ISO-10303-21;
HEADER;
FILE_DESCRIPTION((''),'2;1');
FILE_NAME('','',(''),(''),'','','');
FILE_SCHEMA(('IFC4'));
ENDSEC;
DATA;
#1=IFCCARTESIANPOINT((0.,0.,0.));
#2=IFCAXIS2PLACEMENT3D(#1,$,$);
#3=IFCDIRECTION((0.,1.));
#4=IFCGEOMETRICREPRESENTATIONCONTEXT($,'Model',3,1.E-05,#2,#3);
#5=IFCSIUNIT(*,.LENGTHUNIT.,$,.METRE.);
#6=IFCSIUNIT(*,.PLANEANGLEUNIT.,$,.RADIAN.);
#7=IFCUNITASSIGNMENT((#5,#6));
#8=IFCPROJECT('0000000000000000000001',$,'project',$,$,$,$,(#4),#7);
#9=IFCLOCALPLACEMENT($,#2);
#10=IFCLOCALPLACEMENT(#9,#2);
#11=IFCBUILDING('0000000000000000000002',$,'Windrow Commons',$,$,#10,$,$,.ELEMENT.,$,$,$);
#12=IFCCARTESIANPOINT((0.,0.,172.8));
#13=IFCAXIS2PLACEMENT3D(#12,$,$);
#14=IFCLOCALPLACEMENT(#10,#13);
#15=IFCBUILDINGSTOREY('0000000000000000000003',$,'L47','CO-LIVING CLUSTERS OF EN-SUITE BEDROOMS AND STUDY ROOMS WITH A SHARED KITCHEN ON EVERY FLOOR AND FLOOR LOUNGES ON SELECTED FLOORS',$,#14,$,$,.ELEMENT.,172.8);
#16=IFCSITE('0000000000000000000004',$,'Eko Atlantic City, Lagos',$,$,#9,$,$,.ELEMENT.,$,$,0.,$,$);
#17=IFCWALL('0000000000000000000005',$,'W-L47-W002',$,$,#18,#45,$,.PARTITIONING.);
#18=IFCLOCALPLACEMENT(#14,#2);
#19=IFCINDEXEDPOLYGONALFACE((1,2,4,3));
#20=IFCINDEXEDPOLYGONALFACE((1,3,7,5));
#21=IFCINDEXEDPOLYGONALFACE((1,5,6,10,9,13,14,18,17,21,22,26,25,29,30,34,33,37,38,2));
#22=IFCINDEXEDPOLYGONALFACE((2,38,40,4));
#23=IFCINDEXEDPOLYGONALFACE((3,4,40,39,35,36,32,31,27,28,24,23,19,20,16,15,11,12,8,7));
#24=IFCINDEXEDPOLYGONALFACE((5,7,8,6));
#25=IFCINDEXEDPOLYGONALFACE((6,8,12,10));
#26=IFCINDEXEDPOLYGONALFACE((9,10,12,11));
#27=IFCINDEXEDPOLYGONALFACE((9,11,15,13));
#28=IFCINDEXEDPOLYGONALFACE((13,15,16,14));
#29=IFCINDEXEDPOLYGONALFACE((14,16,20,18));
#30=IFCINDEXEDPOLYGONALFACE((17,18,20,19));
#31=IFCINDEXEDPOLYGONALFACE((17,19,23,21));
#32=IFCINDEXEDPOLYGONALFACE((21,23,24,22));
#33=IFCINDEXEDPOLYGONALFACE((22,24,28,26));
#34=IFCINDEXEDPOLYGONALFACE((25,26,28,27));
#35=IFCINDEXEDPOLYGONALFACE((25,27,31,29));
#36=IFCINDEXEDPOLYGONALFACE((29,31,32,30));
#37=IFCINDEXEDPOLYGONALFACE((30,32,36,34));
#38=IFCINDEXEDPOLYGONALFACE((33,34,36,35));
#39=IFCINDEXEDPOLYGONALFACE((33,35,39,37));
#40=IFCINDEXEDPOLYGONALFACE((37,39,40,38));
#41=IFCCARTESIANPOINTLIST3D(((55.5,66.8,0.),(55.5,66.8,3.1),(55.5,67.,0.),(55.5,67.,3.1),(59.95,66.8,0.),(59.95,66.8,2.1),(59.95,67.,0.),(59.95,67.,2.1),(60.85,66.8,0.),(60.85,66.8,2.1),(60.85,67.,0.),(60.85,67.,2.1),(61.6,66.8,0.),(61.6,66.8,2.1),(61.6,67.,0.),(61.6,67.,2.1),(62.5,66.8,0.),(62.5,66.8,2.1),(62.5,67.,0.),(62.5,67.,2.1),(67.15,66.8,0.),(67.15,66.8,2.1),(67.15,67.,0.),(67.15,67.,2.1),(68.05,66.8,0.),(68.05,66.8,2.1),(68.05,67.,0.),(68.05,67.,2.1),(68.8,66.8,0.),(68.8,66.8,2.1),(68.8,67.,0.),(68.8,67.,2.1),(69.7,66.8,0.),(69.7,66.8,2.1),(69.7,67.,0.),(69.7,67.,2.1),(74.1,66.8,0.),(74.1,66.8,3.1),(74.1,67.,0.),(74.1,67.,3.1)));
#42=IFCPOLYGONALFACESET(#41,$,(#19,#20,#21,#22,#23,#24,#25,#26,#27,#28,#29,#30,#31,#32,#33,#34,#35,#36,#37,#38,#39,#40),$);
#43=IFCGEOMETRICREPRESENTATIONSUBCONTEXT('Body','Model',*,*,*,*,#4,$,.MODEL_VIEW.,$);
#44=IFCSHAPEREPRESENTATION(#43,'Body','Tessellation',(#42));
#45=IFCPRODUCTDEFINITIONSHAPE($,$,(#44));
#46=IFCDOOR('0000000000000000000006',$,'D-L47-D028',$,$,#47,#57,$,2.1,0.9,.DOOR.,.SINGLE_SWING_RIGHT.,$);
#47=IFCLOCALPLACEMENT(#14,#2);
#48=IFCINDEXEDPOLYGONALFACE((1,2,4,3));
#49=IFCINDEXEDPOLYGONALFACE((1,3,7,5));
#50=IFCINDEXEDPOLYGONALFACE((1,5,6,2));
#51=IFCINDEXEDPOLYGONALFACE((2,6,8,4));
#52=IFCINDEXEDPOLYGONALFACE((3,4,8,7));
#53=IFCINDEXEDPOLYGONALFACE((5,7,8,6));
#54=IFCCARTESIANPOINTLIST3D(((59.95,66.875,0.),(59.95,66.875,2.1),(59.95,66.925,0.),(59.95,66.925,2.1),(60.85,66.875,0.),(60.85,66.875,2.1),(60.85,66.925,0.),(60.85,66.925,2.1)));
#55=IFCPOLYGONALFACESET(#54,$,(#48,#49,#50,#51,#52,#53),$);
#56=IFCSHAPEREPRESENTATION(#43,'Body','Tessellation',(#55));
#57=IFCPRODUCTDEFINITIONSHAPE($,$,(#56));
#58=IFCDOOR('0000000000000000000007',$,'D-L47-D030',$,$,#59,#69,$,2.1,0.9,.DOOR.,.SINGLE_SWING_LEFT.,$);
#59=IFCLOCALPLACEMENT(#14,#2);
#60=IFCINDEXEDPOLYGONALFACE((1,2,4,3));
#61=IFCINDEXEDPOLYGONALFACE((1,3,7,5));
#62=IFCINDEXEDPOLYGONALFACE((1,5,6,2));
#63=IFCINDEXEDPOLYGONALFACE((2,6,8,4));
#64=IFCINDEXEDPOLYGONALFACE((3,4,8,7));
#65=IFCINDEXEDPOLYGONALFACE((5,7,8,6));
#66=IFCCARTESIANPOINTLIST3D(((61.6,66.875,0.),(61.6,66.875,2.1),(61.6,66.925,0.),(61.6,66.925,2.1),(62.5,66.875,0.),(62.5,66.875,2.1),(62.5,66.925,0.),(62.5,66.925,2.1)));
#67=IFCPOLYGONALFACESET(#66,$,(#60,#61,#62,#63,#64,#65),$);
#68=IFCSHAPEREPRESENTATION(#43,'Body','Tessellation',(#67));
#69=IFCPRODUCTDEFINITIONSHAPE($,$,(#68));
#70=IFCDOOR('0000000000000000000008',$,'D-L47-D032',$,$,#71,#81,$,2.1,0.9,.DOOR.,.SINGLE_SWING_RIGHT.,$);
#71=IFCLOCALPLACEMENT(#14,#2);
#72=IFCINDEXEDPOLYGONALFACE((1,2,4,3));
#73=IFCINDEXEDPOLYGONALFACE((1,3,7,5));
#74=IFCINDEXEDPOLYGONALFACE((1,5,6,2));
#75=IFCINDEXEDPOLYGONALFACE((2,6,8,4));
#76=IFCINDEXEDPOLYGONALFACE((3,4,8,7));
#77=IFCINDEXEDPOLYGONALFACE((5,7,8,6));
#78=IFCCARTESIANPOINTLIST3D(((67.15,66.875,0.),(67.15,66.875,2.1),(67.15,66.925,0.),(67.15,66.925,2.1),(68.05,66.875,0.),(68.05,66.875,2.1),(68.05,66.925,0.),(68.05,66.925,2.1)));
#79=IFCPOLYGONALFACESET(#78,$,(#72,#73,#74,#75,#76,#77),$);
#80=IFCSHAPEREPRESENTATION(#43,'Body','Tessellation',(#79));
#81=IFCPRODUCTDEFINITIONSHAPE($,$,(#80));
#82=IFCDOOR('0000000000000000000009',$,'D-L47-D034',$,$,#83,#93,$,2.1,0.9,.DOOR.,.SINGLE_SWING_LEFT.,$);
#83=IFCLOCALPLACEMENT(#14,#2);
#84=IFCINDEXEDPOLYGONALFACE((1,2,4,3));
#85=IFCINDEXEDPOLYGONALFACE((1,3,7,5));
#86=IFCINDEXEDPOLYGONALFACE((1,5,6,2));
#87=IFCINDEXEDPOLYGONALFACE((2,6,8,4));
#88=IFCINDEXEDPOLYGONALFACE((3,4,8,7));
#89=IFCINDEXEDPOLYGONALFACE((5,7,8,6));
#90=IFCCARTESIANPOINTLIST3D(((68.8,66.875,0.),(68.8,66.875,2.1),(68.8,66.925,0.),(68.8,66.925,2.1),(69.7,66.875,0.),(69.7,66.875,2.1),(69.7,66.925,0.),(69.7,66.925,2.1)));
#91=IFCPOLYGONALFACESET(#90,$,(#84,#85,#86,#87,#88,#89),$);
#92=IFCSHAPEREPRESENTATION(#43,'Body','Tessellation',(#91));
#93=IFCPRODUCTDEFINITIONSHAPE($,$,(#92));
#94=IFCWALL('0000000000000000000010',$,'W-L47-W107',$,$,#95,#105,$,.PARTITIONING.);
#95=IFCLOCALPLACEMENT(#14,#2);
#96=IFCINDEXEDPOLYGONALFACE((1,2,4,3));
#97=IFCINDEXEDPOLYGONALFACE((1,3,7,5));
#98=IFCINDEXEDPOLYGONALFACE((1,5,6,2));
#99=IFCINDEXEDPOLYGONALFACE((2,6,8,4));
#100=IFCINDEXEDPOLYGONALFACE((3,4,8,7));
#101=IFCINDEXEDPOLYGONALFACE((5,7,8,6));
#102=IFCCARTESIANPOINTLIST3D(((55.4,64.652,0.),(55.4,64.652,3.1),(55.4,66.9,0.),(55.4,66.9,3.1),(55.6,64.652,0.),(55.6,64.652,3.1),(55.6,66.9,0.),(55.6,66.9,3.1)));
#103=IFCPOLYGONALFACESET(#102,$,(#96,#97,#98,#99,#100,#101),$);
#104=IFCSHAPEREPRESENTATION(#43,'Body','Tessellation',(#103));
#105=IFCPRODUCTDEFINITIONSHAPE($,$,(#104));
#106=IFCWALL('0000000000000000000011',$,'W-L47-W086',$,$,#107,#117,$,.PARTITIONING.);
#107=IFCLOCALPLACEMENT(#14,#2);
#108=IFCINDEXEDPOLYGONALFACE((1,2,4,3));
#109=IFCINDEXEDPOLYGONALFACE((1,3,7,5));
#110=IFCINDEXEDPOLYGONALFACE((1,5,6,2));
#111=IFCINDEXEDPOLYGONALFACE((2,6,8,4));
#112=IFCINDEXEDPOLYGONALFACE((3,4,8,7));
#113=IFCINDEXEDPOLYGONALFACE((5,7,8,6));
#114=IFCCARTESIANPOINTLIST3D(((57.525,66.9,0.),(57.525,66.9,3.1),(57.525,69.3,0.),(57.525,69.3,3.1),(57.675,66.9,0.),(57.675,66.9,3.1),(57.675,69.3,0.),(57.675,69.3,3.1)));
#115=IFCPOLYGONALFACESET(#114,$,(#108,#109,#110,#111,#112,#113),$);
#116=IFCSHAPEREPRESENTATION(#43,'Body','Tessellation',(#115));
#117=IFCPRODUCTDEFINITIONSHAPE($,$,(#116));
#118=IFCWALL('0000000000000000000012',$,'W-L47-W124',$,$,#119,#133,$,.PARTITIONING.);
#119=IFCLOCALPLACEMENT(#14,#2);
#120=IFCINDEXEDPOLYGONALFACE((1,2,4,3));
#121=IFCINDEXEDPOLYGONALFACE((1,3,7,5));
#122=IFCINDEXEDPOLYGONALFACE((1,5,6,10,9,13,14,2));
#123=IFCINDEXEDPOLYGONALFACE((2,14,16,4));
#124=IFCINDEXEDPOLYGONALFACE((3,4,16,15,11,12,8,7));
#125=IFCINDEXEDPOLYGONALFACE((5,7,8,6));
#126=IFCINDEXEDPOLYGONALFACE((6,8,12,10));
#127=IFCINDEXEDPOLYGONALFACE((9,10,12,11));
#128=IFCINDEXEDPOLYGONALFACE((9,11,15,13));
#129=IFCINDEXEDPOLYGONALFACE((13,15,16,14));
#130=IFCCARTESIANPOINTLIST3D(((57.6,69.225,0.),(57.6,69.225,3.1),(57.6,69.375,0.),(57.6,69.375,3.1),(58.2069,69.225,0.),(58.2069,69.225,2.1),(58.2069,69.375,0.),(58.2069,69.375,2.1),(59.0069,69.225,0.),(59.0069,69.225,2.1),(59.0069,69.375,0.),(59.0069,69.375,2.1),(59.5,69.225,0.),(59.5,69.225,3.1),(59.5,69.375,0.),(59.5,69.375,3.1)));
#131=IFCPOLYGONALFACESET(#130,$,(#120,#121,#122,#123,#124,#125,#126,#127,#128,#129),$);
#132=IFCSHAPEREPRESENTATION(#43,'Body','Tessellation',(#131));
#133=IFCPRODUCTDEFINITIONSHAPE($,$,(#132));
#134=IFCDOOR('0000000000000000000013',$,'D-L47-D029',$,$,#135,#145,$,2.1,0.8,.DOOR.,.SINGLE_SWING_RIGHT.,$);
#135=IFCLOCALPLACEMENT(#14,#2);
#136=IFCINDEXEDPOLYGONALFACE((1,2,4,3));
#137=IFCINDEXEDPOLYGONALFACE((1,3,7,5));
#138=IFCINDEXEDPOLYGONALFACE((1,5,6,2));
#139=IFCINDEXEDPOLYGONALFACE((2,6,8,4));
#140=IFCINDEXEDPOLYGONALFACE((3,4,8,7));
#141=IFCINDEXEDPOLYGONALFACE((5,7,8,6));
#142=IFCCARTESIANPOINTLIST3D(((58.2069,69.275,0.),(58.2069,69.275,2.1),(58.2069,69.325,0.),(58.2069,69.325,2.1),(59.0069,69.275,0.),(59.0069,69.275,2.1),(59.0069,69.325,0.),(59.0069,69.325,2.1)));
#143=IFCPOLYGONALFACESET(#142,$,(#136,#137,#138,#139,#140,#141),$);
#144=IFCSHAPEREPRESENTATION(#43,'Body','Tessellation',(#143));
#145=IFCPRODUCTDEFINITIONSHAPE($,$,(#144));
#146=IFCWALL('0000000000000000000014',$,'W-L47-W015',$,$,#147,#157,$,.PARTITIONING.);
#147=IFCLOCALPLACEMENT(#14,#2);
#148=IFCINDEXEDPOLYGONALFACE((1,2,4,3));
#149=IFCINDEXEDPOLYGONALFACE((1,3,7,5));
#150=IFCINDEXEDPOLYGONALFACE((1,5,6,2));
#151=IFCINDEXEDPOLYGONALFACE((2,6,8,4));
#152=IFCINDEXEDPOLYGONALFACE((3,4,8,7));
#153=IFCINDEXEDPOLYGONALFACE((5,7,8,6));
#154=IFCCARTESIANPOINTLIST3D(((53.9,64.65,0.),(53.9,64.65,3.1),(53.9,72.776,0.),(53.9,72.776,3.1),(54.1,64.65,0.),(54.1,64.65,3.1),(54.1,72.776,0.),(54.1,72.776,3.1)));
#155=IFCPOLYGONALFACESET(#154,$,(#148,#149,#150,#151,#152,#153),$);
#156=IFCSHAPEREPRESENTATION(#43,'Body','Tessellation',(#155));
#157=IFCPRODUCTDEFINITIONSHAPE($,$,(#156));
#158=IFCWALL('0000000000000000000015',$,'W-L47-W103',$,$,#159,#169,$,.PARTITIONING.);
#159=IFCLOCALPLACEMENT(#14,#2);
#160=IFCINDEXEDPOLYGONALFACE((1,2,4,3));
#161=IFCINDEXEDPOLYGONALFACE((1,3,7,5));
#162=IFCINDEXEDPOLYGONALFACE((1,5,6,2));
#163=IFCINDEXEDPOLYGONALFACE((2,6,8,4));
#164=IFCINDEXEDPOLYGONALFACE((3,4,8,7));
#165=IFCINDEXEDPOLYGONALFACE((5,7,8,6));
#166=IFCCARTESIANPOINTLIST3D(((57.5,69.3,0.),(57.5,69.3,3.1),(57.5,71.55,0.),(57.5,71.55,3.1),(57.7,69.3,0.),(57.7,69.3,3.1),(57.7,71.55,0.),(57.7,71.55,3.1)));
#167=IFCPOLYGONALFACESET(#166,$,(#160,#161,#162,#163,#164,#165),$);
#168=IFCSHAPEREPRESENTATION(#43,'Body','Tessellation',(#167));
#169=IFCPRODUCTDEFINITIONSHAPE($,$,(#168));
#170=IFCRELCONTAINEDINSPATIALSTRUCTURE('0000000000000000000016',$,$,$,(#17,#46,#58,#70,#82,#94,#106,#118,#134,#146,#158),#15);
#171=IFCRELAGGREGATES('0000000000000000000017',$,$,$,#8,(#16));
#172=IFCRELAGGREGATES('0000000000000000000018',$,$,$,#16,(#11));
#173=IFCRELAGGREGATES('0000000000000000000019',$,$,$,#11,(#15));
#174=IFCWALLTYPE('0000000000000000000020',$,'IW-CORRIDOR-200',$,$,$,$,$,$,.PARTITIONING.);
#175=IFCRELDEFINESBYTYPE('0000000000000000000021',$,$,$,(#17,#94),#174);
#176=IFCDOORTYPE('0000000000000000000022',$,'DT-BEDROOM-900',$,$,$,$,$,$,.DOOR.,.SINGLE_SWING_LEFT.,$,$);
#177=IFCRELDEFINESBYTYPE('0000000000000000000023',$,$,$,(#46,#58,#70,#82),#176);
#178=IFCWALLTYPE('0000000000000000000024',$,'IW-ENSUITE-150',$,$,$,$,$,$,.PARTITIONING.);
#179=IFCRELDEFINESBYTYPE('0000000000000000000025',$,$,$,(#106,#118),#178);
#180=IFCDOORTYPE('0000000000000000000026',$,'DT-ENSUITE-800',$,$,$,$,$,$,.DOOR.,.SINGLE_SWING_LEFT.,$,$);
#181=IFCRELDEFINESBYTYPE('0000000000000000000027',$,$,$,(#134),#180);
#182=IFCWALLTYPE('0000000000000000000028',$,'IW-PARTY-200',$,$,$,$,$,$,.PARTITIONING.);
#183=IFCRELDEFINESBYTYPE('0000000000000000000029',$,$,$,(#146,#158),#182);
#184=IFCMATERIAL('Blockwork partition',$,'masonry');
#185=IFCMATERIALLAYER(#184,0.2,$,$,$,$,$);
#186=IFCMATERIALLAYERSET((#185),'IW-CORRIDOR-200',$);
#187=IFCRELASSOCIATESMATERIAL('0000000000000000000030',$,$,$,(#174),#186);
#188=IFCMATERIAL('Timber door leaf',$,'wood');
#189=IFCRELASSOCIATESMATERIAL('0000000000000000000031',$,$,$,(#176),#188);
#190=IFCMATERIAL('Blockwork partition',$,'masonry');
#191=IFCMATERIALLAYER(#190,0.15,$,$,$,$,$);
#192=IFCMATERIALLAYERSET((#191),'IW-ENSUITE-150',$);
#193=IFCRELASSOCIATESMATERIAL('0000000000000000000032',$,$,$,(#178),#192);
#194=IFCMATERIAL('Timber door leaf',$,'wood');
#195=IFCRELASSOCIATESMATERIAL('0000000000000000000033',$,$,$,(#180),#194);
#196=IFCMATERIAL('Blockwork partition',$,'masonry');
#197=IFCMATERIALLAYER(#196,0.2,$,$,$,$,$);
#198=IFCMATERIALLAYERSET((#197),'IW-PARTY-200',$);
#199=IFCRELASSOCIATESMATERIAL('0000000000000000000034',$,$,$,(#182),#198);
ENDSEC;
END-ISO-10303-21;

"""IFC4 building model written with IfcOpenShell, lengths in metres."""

from ifc_helpers import new_model, si_unit, direction, frame, frame_2d, origin, place, context, subcontext, project, spatial, rectangle, extrude, material, layer, layer_set, type_object, element, fill, save


model = new_model("IFC4")

# Units and contexts
model_context = context("Model", 3, precision=1e-05, world=origin(), true_north=direction((0.0, 1.0)))
body_context = subcontext(model_context, "Body", "Model", "MODEL_VIEW")
ifc_project = project(units=[si_unit("LENGTHUNIT", "METRE"), si_unit("PLANEANGLEUNIT", "RADIAN")], contexts=[model_context])

# Site, building, storey
site_placement = place(None, origin())
site = spatial("IfcSite", under=ifc_project, at=site_placement, Name="Eko Atlantic City, Lagos", CompositionType="ELEMENT", RefElevation=0.0)
building_placement = place(site_placement, origin())
building = spatial("IfcBuilding", under=site, at=building_placement, Name="Windrow Commons", CompositionType="ELEMENT")
storey_placement = place(building_placement, frame((0.0, 0.0, 172.8)))
storey = spatial("IfcBuildingStorey", under=building, at=storey_placement, Name="L47", Description="CO-LIVING CLUSTERS OF EN-SUITE BEDROOMS AND STUDY ROOMS WITH A SHARED KITCHEN ON EVERY FLOOR AND FLOOR LOUNGES ON SELECTED FLOORS", CompositionType="ELEMENT", Elevation=172.8)

# Wall, openings, doors
ifc_material_1 = material(Name="Blockwork partition", Category="masonry")
ifc_layer_1 = layer(ifc_material_1, 0.2)
ifc_layer_set_1 = layer_set([ifc_layer_1], Name="IW-CORRIDOR-200")
wall_type_1 = type_object("IfcWallType", Name="IW-CORRIDOR-200", PredefinedType="PARTITIONING", material=ifc_layer_set_1)
wall_1_placement = place(storey_placement, frame((55.5, 66.9, 0.0), z_axis=(0.0, 0.0, 1.0), x_axis=(1.0, 0.0, 0.0)))
wall_1 = element("IfcWall", 1, at=wall_1_placement, inside=storey, type_object=wall_type_1, Name="W-L47-W002", PredefinedType="PARTITIONING", context=body_context, shape_type="SweptSolid", body=[
    extrude(rectangle(XDim=18.6, YDim=0.2, at=frame_2d((9.3, 0.0))), origin(), (0.0, 0.0, 1.0), 3.1),
])
opening_1_placement = place(wall_1_placement, frame((4.45, 0.0, 0.0)))
opening_1 = element("IfcOpeningElement", 2, at=opening_1_placement, cuts=wall_1, PredefinedType="OPENING", context=body_context, shape_type="SweptSolid", body=[
    extrude(rectangle(XDim=0.9, YDim=2.1, at=frame_2d((0.45, 1.05))), frame((0.0, 0.11, 0.0), z_axis=(0.0, -1.0, 0.0), x_axis=(1.0, 0.0, 0.0)), (0.0, 0.0, 1.0), 0.22),
])
opening_2_placement = place(wall_1_placement, frame((6.1, 0.0, 0.0)))
opening_2 = element("IfcOpeningElement", 3, at=opening_2_placement, cuts=wall_1, PredefinedType="OPENING", context=body_context, shape_type="SweptSolid", body=[
    extrude(rectangle(XDim=0.9, YDim=2.1, at=frame_2d((0.45, 1.05))), frame((0.0, 0.11, 0.0), z_axis=(0.0, -1.0, 0.0), x_axis=(1.0, 0.0, 0.0)), (0.0, 0.0, 1.0), 0.22),
])
opening_3_placement = place(wall_1_placement, frame((11.65, 0.0, 0.0)))
opening_3 = element("IfcOpeningElement", 4, at=opening_3_placement, cuts=wall_1, PredefinedType="OPENING", context=body_context, shape_type="SweptSolid", body=[
    extrude(rectangle(XDim=0.9, YDim=2.1, at=frame_2d((0.45, 1.05))), frame((0.0, 0.11, 0.0), z_axis=(0.0, -1.0, 0.0), x_axis=(1.0, 0.0, 0.0)), (0.0, 0.0, 1.0), 0.22),
])
opening_4_placement = place(wall_1_placement, frame((13.3, 0.0, 0.0)))
opening_4 = element("IfcOpeningElement", 5, at=opening_4_placement, cuts=wall_1, PredefinedType="OPENING", context=body_context, shape_type="SweptSolid", body=[
    extrude(rectangle(XDim=0.9, YDim=2.1, at=frame_2d((0.45, 1.05))), frame((0.0, 0.11, 0.0), z_axis=(0.0, -1.0, 0.0), x_axis=(1.0, 0.0, 0.0)), (0.0, 0.0, 1.0), 0.22),
])
ifc_material_2 = material(Name="Timber door leaf", Category="wood")
door_type_1 = type_object("IfcDoorType", Name="DT-BEDROOM-900", OperationType="SINGLE_SWING_LEFT", PredefinedType="DOOR", material=ifc_material_2)
door_1_placement = place(opening_1_placement, origin())
door_1 = element("IfcDoor", 6, at=door_1_placement, inside=storey, type_object=door_type_1, Name="D-L47-D028", OperationType="SINGLE_SWING_RIGHT", OverallHeight=2.1, OverallWidth=0.9, PredefinedType="DOOR", context=body_context, shape_type="SweptSolid", body=[
    extrude(rectangle(XDim=0.9, YDim=2.1, at=frame_2d((0.45, 1.05))), frame((0.0, 0.025, 0.0), z_axis=(0.0, -1.0, 0.0), x_axis=(1.0, 0.0, 0.0)), (0.0, 0.0, 1.0), 0.05),
])
fill(opening_1, door_1)
door_2_placement = place(opening_2_placement, origin())
door_2 = element("IfcDoor", 7, at=door_2_placement, inside=storey, type_object=door_type_1, Name="D-L47-D030", OperationType="SINGLE_SWING_LEFT", OverallHeight=2.1, OverallWidth=0.9, PredefinedType="DOOR", context=body_context, shape_type="SweptSolid", body=[
    extrude(rectangle(XDim=0.9, YDim=2.1, at=frame_2d((0.45, 1.05))), frame((0.0, 0.025, 0.0), z_axis=(0.0, -1.0, 0.0), x_axis=(1.0, 0.0, 0.0)), (0.0, 0.0, 1.0), 0.05),
])
fill(opening_2, door_2)
door_3_placement = place(opening_3_placement, origin())
door_3 = element("IfcDoor", 8, at=door_3_placement, inside=storey, type_object=door_type_1, Name="D-L47-D032", OperationType="SINGLE_SWING_RIGHT", OverallHeight=2.1, OverallWidth=0.9, PredefinedType="DOOR", context=body_context, shape_type="SweptSolid", body=[
    extrude(rectangle(XDim=0.9, YDim=2.1, at=frame_2d((0.45, 1.05))), frame((0.0, 0.025, 0.0), z_axis=(0.0, -1.0, 0.0), x_axis=(1.0, 0.0, 0.0)), (0.0, 0.0, 1.0), 0.05),
])
fill(opening_3, door_3)
door_4_placement = place(opening_4_placement, origin())
door_4 = element("IfcDoor", 9, at=door_4_placement, inside=storey, type_object=door_type_1, Name="D-L47-D034", OperationType="SINGLE_SWING_LEFT", OverallHeight=2.1, OverallWidth=0.9, PredefinedType="DOOR", context=body_context, shape_type="SweptSolid", body=[
    extrude(rectangle(XDim=0.9, YDim=2.1, at=frame_2d((0.45, 1.05))), frame((0.0, 0.025, 0.0), z_axis=(0.0, -1.0, 0.0), x_axis=(1.0, 0.0, 0.0)), (0.0, 0.0, 1.0), 0.05),
])
fill(opening_4, door_4)

# Walls
wall_2_placement = place(storey_placement, frame((55.5, 64.652, 0.0), z_axis=(0.0, 0.0, 1.0), x_axis=(0.0, 1.0, 0.0)))
element("IfcWall", 10, at=wall_2_placement, inside=storey, type_object=wall_type_1, Name="W-L47-W107", PredefinedType="PARTITIONING", context=body_context, shape_type="SweptSolid", body=[
    extrude(rectangle(XDim=2.248, YDim=0.2, at=frame_2d((1.124, 0.0))), origin(), (0.0, 0.0, 1.0), 3.1),
])
ifc_material_3 = material(Name="Blockwork partition", Category="masonry")
ifc_layer_2 = layer(ifc_material_3, 0.15)
ifc_layer_set_2 = layer_set([ifc_layer_2], Name="IW-ENSUITE-150")
wall_type_2 = type_object("IfcWallType", Name="IW-ENSUITE-150", PredefinedType="PARTITIONING", material=ifc_layer_set_2)
wall_3_placement = place(storey_placement, frame((57.6, 66.9, 0.0), z_axis=(0.0, 0.0, 1.0), x_axis=(0.0, 1.0, 0.0)))
element("IfcWall", 11, at=wall_3_placement, inside=storey, type_object=wall_type_2, Name="W-L47-W086", PredefinedType="PARTITIONING", context=body_context, shape_type="SweptSolid", body=[
    extrude(rectangle(XDim=2.4, YDim=0.15, at=frame_2d((1.2, 0.0))), origin(), (0.0, 0.0, 1.0), 3.1),
])

# Wall, opening, door
wall_4_placement = place(storey_placement, frame((57.6, 69.3, 0.0), z_axis=(0.0, 0.0, 1.0), x_axis=(1.0, 0.0, 0.0)))
wall_4 = element("IfcWall", 12, at=wall_4_placement, inside=storey, type_object=wall_type_2, Name="W-L47-W124", PredefinedType="PARTITIONING", context=body_context, shape_type="SweptSolid", body=[
    extrude(rectangle(XDim=1.9, YDim=0.15, at=frame_2d((0.95, 0.0))), origin(), (0.0, 0.0, 1.0), 3.1),
])
opening_5_placement = place(wall_4_placement, frame((0.6069, 0.0, 0.0)))
opening_5 = element("IfcOpeningElement", 13, at=opening_5_placement, cuts=wall_4, PredefinedType="OPENING", context=body_context, shape_type="SweptSolid", body=[
    extrude(rectangle(XDim=0.8, YDim=2.1, at=frame_2d((0.4, 1.05))), frame((0.0, 0.085, 0.0), z_axis=(0.0, -1.0, 0.0), x_axis=(1.0, 0.0, 0.0)), (0.0, 0.0, 1.0), 0.17),
])
ifc_material_4 = material(Name="Timber door leaf", Category="wood")
door_type_2 = type_object("IfcDoorType", Name="DT-ENSUITE-800", OperationType="SINGLE_SWING_LEFT", PredefinedType="DOOR", material=ifc_material_4)
door_5_placement = place(opening_5_placement, origin())
door_5 = element("IfcDoor", 14, at=door_5_placement, inside=storey, type_object=door_type_2, Name="D-L47-D029", OperationType="SINGLE_SWING_RIGHT", OverallHeight=2.1, OverallWidth=0.8, PredefinedType="DOOR", context=body_context, shape_type="SweptSolid", body=[
    extrude(rectangle(XDim=0.8, YDim=2.1, at=frame_2d((0.4, 1.05))), frame((0.0, 0.025, 0.0), z_axis=(0.0, -1.0, 0.0), x_axis=(1.0, 0.0, 0.0)), (0.0, 0.0, 1.0), 0.05),
])
fill(opening_5, door_5)

# Walls
ifc_material_5 = material(Name="Blockwork partition", Category="masonry")
ifc_layer_3 = layer(ifc_material_5, 0.2)
ifc_layer_set_3 = layer_set([ifc_layer_3], Name="IW-PARTY-200")
wall_type_3 = type_object("IfcWallType", Name="IW-PARTY-200", PredefinedType="PARTITIONING", material=ifc_layer_set_3)
wall_5_placement = place(storey_placement, frame((54.0, 64.65, 0.0), z_axis=(0.0, 0.0, 1.0), x_axis=(0.0, 1.0, 0.0)))
element("IfcWall", 15, at=wall_5_placement, inside=storey, type_object=wall_type_3, Name="W-L47-W015", PredefinedType="PARTITIONING", context=body_context, shape_type="SweptSolid", body=[
    extrude(rectangle(XDim=8.1261, YDim=0.2, at=frame_2d((4.063, 0.0))), origin(), (0.0, 0.0, 1.0), 3.1),
])
wall_6_placement = place(storey_placement, frame((57.6, 69.3, 0.0), z_axis=(0.0, 0.0, 1.0), x_axis=(0.0, 1.0, 0.0)))
element("IfcWall", 16, at=wall_6_placement, inside=storey, type_object=wall_type_3, Name="W-L47-W103", PredefinedType="PARTITIONING", context=body_context, shape_type="SweptSolid", body=[
    extrude(rectangle(XDim=2.25, YDim=0.2, at=frame_2d((1.125, 0.0))), origin(), (0.0, 0.0, 1.0), 3.1),
])

save(model, "model.ifc")
